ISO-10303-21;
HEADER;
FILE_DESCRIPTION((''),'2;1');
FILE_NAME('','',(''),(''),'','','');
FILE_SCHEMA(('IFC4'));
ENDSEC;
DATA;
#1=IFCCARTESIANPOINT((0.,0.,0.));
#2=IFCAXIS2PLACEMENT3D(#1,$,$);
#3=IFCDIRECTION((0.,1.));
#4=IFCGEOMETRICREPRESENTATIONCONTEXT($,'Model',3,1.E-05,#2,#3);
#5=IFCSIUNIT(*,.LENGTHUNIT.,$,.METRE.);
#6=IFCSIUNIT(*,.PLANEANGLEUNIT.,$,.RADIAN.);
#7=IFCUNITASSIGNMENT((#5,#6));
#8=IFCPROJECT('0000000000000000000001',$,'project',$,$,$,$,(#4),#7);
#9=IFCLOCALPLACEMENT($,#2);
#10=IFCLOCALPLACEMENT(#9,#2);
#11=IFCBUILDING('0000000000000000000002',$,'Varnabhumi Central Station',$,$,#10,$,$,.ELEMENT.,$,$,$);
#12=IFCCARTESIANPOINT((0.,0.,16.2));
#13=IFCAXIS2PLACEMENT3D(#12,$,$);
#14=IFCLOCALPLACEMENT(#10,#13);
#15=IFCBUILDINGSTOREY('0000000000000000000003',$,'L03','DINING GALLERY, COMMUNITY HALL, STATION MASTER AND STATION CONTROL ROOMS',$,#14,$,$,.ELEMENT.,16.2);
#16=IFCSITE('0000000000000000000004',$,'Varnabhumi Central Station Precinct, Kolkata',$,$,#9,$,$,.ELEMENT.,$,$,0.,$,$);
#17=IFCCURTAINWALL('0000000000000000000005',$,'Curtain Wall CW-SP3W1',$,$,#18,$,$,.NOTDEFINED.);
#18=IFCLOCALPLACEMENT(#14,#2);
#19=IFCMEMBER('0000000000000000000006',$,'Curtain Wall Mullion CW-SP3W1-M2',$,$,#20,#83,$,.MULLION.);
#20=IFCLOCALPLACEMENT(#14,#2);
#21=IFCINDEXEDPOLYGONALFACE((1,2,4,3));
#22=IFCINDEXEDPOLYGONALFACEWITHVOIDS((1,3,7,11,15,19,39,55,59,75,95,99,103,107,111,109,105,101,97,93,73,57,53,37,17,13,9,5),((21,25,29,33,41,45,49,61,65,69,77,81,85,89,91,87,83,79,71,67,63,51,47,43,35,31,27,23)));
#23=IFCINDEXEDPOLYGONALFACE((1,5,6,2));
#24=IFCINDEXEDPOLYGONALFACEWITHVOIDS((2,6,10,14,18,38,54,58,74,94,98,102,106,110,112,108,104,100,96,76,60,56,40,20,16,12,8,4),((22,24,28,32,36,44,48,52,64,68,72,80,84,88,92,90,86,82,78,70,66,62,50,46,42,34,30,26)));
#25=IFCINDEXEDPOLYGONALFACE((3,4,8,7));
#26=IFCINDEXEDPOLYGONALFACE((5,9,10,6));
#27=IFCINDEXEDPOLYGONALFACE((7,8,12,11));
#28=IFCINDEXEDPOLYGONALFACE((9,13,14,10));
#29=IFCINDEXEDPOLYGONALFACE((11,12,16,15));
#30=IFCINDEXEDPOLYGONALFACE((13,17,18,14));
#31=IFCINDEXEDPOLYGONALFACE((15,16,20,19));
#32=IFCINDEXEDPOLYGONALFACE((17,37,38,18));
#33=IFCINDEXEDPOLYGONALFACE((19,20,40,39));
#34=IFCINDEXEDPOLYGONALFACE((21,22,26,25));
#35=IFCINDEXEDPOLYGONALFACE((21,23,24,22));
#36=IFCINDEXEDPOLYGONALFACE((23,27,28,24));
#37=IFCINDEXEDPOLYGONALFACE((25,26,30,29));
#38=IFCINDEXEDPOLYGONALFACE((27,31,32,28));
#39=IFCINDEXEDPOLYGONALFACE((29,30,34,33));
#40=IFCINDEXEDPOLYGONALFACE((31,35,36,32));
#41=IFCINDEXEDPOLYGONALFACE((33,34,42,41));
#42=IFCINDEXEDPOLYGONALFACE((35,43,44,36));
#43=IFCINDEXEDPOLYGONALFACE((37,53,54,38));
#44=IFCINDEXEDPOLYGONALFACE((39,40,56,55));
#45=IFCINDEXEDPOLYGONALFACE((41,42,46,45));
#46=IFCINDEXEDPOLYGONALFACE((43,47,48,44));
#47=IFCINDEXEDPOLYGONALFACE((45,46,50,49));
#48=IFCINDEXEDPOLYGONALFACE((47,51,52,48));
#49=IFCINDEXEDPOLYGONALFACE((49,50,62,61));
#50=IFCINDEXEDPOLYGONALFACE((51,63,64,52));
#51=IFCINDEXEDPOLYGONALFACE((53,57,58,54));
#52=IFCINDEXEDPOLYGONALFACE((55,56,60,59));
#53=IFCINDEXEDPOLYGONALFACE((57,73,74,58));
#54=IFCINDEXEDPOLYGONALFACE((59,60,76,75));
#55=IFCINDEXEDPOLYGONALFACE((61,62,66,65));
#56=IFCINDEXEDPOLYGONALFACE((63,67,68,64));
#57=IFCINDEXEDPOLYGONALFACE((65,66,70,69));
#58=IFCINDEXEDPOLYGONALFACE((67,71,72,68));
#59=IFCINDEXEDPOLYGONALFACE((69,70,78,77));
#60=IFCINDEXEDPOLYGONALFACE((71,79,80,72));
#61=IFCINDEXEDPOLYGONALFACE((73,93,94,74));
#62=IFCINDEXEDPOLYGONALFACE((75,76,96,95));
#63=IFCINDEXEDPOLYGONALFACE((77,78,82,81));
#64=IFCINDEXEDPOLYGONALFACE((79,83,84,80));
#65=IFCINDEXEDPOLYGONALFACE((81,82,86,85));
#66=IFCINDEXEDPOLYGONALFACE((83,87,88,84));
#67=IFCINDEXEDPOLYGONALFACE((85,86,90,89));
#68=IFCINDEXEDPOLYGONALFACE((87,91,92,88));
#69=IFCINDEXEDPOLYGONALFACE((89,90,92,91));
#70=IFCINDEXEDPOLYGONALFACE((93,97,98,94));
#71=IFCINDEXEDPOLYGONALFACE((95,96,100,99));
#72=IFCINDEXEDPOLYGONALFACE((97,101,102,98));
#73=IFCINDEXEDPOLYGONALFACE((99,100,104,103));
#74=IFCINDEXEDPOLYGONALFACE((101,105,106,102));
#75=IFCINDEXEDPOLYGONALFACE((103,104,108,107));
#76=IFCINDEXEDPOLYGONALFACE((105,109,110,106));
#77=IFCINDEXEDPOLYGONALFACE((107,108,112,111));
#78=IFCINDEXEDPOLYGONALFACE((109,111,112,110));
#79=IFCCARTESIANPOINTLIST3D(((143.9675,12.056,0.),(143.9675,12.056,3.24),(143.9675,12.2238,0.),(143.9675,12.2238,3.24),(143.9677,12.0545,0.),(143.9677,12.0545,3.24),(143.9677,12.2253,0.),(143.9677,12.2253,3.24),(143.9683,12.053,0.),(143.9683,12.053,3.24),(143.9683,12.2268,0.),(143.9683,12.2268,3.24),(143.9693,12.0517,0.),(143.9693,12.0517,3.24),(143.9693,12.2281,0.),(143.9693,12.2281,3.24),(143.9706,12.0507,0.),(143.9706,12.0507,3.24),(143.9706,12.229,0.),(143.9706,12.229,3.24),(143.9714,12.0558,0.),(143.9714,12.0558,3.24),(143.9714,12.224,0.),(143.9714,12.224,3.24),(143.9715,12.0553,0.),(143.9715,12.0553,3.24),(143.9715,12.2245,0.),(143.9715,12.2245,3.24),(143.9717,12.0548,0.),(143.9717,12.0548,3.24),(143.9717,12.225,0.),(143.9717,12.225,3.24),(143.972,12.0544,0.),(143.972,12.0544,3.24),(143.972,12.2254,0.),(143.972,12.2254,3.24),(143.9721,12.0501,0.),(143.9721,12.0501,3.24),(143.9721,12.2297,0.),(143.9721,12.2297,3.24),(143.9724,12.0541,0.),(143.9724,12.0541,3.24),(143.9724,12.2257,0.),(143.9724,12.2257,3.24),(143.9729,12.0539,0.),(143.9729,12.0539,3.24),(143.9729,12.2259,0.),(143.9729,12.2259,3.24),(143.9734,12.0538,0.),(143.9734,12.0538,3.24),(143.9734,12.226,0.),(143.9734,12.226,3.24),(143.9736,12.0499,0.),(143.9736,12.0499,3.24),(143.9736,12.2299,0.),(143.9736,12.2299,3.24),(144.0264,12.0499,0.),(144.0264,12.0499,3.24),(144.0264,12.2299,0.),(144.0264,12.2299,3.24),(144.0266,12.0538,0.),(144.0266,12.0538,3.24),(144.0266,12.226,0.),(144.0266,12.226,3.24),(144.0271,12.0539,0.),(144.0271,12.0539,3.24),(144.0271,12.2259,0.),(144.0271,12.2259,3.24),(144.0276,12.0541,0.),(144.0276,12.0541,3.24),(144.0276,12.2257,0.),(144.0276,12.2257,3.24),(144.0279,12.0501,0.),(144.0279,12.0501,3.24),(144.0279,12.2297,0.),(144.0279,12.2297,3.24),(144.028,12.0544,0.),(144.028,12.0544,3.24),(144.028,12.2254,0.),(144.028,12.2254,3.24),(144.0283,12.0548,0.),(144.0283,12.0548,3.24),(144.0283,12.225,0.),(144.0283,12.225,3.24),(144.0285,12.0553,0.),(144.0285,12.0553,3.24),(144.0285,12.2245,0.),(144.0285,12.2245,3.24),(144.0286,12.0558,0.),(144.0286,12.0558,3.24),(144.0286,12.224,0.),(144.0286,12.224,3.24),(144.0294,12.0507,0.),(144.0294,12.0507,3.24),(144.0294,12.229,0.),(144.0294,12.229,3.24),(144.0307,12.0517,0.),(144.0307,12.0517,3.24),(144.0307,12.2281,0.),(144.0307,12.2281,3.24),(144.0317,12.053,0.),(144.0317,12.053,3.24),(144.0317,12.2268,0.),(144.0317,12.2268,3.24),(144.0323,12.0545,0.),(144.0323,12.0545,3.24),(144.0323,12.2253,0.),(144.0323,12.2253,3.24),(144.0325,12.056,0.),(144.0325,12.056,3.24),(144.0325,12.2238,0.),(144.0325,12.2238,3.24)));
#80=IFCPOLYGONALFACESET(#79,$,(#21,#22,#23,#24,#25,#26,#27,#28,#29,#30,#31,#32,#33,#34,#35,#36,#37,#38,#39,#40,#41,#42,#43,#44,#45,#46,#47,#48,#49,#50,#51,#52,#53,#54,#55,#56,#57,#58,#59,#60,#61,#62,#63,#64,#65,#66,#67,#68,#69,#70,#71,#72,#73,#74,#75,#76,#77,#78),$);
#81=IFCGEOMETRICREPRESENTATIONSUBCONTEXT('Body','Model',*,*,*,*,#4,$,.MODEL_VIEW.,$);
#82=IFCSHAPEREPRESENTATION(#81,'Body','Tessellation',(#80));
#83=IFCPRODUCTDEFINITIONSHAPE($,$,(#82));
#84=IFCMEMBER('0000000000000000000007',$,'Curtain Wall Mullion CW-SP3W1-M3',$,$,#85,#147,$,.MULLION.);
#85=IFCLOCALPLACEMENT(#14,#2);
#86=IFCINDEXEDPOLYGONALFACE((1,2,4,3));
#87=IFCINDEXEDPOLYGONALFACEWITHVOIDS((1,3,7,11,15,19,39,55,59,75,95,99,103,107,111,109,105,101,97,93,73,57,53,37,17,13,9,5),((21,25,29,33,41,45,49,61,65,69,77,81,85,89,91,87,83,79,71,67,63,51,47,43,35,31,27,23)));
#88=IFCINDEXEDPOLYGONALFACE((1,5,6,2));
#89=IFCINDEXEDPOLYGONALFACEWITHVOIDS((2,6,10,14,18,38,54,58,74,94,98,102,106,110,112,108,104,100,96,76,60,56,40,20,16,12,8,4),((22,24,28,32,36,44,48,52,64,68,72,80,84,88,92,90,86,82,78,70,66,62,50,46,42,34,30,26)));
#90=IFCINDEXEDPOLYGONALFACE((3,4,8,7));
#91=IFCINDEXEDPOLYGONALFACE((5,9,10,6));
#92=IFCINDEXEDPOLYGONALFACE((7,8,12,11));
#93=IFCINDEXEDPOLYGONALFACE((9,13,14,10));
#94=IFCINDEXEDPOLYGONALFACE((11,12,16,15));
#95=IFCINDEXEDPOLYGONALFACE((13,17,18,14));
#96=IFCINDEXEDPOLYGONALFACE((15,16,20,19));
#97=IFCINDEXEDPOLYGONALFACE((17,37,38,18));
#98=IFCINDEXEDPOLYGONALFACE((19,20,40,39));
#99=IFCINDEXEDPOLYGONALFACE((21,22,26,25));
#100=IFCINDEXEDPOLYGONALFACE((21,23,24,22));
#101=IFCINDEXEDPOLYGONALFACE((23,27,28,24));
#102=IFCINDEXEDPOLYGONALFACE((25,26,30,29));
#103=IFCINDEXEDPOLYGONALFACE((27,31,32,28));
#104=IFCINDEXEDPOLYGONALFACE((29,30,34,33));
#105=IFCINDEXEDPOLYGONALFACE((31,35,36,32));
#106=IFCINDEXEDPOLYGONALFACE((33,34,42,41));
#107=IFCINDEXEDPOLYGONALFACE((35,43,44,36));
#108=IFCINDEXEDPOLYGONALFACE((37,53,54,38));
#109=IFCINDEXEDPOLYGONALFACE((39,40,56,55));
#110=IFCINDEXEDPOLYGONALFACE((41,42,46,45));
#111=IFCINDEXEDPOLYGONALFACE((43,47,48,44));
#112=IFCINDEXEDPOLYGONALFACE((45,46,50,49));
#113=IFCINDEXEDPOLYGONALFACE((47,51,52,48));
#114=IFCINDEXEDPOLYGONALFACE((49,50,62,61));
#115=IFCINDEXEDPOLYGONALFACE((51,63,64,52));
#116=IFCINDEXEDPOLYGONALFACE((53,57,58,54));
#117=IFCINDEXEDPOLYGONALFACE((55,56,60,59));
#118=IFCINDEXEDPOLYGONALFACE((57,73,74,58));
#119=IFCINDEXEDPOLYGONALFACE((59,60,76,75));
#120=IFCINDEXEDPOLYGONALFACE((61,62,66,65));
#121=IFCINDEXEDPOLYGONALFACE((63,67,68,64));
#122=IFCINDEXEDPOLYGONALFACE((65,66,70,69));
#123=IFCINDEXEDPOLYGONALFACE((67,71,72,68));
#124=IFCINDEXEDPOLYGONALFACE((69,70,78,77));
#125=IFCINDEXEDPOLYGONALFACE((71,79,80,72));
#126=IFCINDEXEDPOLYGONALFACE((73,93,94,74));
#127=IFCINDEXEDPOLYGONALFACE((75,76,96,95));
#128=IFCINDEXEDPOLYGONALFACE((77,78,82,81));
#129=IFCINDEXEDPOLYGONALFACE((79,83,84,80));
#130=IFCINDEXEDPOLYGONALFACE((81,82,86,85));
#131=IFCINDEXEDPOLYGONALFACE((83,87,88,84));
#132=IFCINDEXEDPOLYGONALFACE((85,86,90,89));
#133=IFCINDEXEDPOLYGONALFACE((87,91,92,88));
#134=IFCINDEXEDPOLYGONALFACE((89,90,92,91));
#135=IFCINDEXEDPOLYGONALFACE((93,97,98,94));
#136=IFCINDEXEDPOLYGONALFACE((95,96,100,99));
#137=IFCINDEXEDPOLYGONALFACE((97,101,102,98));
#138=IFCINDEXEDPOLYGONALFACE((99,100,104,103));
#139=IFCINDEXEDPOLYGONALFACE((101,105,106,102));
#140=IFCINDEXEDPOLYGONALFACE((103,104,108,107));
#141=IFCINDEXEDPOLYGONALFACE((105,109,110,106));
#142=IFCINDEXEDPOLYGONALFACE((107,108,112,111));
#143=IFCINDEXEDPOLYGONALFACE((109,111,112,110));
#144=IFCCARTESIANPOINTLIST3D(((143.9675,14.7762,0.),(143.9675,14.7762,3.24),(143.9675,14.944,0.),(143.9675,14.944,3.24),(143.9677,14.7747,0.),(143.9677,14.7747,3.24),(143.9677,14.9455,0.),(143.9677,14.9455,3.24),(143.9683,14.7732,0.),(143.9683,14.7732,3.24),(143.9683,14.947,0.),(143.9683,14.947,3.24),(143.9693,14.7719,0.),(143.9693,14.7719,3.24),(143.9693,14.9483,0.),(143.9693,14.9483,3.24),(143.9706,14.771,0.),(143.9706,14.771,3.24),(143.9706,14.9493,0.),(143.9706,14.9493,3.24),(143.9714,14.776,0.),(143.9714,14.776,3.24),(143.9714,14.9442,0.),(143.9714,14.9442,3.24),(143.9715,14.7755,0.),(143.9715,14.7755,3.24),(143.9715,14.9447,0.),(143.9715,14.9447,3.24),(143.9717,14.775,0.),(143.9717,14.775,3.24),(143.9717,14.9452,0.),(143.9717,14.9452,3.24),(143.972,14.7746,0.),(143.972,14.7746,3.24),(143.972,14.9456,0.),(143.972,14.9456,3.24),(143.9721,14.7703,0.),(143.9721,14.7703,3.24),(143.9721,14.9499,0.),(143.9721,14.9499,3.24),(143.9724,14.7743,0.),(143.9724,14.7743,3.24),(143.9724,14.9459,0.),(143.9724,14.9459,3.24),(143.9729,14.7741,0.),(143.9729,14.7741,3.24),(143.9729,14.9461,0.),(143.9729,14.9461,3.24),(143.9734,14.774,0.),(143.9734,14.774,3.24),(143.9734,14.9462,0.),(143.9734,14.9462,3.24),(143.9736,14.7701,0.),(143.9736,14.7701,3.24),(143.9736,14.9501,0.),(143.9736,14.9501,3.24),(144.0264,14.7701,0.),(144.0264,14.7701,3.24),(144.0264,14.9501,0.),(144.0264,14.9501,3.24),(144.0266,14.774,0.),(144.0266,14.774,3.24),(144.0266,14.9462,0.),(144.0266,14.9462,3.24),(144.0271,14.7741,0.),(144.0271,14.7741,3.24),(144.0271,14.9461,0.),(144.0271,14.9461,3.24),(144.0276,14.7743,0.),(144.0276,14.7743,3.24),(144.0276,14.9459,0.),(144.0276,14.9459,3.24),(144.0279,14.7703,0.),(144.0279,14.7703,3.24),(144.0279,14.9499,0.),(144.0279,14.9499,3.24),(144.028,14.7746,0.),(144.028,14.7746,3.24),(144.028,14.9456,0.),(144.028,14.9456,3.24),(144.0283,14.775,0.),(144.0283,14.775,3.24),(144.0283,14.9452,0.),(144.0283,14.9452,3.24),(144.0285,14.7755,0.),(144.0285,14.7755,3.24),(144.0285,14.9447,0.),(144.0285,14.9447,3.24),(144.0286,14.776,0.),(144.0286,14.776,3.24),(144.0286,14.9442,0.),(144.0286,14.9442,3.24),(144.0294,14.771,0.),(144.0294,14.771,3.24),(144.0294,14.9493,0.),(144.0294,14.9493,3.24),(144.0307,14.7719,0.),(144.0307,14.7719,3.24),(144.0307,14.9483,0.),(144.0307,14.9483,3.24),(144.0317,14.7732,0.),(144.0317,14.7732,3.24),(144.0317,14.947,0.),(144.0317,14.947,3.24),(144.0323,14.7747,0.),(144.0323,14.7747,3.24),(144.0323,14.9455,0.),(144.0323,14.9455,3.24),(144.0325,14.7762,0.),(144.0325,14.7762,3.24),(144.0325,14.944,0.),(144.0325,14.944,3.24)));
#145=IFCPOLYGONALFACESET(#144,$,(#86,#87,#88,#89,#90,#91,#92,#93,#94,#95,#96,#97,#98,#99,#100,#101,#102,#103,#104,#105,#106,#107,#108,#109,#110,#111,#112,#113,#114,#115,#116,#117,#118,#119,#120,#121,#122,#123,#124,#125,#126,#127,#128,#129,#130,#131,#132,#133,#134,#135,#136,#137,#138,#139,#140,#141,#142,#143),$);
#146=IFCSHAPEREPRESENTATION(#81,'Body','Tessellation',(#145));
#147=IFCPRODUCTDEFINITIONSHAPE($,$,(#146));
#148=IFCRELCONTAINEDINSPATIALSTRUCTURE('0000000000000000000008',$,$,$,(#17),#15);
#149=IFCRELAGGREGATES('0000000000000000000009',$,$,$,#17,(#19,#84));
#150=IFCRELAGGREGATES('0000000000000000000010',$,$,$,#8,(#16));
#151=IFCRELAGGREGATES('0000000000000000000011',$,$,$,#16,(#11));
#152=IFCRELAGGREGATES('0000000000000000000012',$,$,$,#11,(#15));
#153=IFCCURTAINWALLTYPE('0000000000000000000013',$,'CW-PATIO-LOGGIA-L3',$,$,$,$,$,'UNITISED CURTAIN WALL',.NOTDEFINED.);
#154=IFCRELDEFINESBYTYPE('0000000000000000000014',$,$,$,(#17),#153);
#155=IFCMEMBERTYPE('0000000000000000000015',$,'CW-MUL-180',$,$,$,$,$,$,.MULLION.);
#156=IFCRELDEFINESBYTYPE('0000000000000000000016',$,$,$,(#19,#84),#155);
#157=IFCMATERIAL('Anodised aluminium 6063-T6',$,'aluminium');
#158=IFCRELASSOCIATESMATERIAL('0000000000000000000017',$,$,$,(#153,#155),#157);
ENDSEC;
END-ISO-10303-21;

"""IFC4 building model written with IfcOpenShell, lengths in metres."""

from ifc_helpers import new_model, si_unit, direction, frame, origin, origin_2d, place, context, subcontext, project, spatial, hollow_rectangle, extrude, material, material_profile, profile_set, type_object, element, aggregate, save


model = new_model("IFC4")

# Units and contexts
model_context = context("Model", 3, precision=1e-05, world=origin(), true_north=direction((0.0, 1.0)))
body_context = subcontext(model_context, "Body", "Model", "MODEL_VIEW")
ifc_project = project(units=[si_unit("LENGTHUNIT", "METRE"), si_unit("PLANEANGLEUNIT", "RADIAN")], contexts=[model_context])

# Site, building, storey
site_placement = place(None, origin())
site = spatial("IfcSite", under=ifc_project, at=site_placement, Name="Varnabhumi Central Station Precinct, Kolkata", CompositionType="ELEMENT", RefElevation=0.0)
building_placement = place(site_placement, origin())
building = spatial("IfcBuilding", under=site, at=building_placement, Name="Varnabhumi Central Station", CompositionType="ELEMENT")
storey_placement = place(building_placement, frame((0.0, 0.0, 16.2)))
storey = spatial("IfcBuildingStorey", under=building, at=storey_placement, Name="L03", Description="DINING GALLERY, COMMUNITY HALL, STATION MASTER AND STATION CONTROL ROOMS", CompositionType="ELEMENT", Elevation=16.2)

# Curtain wall, members
ifc_material_1 = material(Name="Anodised aluminium 6063-T6", Category="aluminium")
curtain_wall_type = type_object("IfcCurtainWallType", Name="CW-PATIO-LOGGIA-L3", ElementType="UNITISED CURTAIN WALL", PredefinedType="NOTDEFINED", material=ifc_material_1)
curtain_wall_1_placement = place(storey_placement, origin())
curtain_wall_1 = element("IfcCurtainWall", 1, at=curtain_wall_1_placement, inside=storey, type_object=curtain_wall_type, Name="Curtain Wall CW-SP3W1", PredefinedType="NOTDEFINED")
ifc_material_profile_1 = material_profile(ifc_material_1, hollow_rectangle(XDim=0.0649, YDim=0.1799, WallThickness=0.0039, InnerFilletRadius=0.002, OuterFilletRadius=0.0061, at=origin_2d()), Name="Anodised aluminium 6063-T6", Category="aluminium")
ifc_profile_set_1 = profile_set([ifc_material_profile_1], Name="Anodised aluminium 6063-T6")
member_type_1 = type_object("IfcMemberType", Name="CW-MUL-180", PredefinedType="MULLION", material=ifc_profile_set_1)
member_1_placement = place(storey_placement, frame((144.0, 12.1399, 0.0), z_axis=(0.0, 0.0, 1.0), x_axis=(1.0, 0.0, 0.0)))
member_1 = element("IfcMember", 2, at=member_1_placement, type_object=member_type_1, Name="Curtain Wall Mullion CW-SP3W1-M2", PredefinedType="MULLION", context=body_context, shape_type="SweptSolid", body=[
    extrude(hollow_rectangle(XDim=0.0649, YDim=0.1799, WallThickness=0.0039, InnerFilletRadius=0.002, OuterFilletRadius=0.0061, at=origin_2d()), origin(), (0.0, 0.0, 1.0), 3.24),
])
member_2_placement = place(storey_placement, frame((144.0, 14.8601, 0.0), z_axis=(0.0, 0.0, 1.0), x_axis=(1.0, 0.0, 0.0)))
member_2 = element("IfcMember", 3, at=member_2_placement, type_object=member_type_1, Name="Curtain Wall Mullion CW-SP3W1-M3", PredefinedType="MULLION", context=body_context, shape_type="SweptSolid", body=[
    extrude(hollow_rectangle(XDim=0.0649, YDim=0.1799, WallThickness=0.0039, InnerFilletRadius=0.002, OuterFilletRadius=0.0061, at=origin_2d()), origin(), (0.0, 0.0, 1.0), 3.24),
])

aggregate(curtain_wall_1, [member_1, member_2])

save(model, "model.ifc")
